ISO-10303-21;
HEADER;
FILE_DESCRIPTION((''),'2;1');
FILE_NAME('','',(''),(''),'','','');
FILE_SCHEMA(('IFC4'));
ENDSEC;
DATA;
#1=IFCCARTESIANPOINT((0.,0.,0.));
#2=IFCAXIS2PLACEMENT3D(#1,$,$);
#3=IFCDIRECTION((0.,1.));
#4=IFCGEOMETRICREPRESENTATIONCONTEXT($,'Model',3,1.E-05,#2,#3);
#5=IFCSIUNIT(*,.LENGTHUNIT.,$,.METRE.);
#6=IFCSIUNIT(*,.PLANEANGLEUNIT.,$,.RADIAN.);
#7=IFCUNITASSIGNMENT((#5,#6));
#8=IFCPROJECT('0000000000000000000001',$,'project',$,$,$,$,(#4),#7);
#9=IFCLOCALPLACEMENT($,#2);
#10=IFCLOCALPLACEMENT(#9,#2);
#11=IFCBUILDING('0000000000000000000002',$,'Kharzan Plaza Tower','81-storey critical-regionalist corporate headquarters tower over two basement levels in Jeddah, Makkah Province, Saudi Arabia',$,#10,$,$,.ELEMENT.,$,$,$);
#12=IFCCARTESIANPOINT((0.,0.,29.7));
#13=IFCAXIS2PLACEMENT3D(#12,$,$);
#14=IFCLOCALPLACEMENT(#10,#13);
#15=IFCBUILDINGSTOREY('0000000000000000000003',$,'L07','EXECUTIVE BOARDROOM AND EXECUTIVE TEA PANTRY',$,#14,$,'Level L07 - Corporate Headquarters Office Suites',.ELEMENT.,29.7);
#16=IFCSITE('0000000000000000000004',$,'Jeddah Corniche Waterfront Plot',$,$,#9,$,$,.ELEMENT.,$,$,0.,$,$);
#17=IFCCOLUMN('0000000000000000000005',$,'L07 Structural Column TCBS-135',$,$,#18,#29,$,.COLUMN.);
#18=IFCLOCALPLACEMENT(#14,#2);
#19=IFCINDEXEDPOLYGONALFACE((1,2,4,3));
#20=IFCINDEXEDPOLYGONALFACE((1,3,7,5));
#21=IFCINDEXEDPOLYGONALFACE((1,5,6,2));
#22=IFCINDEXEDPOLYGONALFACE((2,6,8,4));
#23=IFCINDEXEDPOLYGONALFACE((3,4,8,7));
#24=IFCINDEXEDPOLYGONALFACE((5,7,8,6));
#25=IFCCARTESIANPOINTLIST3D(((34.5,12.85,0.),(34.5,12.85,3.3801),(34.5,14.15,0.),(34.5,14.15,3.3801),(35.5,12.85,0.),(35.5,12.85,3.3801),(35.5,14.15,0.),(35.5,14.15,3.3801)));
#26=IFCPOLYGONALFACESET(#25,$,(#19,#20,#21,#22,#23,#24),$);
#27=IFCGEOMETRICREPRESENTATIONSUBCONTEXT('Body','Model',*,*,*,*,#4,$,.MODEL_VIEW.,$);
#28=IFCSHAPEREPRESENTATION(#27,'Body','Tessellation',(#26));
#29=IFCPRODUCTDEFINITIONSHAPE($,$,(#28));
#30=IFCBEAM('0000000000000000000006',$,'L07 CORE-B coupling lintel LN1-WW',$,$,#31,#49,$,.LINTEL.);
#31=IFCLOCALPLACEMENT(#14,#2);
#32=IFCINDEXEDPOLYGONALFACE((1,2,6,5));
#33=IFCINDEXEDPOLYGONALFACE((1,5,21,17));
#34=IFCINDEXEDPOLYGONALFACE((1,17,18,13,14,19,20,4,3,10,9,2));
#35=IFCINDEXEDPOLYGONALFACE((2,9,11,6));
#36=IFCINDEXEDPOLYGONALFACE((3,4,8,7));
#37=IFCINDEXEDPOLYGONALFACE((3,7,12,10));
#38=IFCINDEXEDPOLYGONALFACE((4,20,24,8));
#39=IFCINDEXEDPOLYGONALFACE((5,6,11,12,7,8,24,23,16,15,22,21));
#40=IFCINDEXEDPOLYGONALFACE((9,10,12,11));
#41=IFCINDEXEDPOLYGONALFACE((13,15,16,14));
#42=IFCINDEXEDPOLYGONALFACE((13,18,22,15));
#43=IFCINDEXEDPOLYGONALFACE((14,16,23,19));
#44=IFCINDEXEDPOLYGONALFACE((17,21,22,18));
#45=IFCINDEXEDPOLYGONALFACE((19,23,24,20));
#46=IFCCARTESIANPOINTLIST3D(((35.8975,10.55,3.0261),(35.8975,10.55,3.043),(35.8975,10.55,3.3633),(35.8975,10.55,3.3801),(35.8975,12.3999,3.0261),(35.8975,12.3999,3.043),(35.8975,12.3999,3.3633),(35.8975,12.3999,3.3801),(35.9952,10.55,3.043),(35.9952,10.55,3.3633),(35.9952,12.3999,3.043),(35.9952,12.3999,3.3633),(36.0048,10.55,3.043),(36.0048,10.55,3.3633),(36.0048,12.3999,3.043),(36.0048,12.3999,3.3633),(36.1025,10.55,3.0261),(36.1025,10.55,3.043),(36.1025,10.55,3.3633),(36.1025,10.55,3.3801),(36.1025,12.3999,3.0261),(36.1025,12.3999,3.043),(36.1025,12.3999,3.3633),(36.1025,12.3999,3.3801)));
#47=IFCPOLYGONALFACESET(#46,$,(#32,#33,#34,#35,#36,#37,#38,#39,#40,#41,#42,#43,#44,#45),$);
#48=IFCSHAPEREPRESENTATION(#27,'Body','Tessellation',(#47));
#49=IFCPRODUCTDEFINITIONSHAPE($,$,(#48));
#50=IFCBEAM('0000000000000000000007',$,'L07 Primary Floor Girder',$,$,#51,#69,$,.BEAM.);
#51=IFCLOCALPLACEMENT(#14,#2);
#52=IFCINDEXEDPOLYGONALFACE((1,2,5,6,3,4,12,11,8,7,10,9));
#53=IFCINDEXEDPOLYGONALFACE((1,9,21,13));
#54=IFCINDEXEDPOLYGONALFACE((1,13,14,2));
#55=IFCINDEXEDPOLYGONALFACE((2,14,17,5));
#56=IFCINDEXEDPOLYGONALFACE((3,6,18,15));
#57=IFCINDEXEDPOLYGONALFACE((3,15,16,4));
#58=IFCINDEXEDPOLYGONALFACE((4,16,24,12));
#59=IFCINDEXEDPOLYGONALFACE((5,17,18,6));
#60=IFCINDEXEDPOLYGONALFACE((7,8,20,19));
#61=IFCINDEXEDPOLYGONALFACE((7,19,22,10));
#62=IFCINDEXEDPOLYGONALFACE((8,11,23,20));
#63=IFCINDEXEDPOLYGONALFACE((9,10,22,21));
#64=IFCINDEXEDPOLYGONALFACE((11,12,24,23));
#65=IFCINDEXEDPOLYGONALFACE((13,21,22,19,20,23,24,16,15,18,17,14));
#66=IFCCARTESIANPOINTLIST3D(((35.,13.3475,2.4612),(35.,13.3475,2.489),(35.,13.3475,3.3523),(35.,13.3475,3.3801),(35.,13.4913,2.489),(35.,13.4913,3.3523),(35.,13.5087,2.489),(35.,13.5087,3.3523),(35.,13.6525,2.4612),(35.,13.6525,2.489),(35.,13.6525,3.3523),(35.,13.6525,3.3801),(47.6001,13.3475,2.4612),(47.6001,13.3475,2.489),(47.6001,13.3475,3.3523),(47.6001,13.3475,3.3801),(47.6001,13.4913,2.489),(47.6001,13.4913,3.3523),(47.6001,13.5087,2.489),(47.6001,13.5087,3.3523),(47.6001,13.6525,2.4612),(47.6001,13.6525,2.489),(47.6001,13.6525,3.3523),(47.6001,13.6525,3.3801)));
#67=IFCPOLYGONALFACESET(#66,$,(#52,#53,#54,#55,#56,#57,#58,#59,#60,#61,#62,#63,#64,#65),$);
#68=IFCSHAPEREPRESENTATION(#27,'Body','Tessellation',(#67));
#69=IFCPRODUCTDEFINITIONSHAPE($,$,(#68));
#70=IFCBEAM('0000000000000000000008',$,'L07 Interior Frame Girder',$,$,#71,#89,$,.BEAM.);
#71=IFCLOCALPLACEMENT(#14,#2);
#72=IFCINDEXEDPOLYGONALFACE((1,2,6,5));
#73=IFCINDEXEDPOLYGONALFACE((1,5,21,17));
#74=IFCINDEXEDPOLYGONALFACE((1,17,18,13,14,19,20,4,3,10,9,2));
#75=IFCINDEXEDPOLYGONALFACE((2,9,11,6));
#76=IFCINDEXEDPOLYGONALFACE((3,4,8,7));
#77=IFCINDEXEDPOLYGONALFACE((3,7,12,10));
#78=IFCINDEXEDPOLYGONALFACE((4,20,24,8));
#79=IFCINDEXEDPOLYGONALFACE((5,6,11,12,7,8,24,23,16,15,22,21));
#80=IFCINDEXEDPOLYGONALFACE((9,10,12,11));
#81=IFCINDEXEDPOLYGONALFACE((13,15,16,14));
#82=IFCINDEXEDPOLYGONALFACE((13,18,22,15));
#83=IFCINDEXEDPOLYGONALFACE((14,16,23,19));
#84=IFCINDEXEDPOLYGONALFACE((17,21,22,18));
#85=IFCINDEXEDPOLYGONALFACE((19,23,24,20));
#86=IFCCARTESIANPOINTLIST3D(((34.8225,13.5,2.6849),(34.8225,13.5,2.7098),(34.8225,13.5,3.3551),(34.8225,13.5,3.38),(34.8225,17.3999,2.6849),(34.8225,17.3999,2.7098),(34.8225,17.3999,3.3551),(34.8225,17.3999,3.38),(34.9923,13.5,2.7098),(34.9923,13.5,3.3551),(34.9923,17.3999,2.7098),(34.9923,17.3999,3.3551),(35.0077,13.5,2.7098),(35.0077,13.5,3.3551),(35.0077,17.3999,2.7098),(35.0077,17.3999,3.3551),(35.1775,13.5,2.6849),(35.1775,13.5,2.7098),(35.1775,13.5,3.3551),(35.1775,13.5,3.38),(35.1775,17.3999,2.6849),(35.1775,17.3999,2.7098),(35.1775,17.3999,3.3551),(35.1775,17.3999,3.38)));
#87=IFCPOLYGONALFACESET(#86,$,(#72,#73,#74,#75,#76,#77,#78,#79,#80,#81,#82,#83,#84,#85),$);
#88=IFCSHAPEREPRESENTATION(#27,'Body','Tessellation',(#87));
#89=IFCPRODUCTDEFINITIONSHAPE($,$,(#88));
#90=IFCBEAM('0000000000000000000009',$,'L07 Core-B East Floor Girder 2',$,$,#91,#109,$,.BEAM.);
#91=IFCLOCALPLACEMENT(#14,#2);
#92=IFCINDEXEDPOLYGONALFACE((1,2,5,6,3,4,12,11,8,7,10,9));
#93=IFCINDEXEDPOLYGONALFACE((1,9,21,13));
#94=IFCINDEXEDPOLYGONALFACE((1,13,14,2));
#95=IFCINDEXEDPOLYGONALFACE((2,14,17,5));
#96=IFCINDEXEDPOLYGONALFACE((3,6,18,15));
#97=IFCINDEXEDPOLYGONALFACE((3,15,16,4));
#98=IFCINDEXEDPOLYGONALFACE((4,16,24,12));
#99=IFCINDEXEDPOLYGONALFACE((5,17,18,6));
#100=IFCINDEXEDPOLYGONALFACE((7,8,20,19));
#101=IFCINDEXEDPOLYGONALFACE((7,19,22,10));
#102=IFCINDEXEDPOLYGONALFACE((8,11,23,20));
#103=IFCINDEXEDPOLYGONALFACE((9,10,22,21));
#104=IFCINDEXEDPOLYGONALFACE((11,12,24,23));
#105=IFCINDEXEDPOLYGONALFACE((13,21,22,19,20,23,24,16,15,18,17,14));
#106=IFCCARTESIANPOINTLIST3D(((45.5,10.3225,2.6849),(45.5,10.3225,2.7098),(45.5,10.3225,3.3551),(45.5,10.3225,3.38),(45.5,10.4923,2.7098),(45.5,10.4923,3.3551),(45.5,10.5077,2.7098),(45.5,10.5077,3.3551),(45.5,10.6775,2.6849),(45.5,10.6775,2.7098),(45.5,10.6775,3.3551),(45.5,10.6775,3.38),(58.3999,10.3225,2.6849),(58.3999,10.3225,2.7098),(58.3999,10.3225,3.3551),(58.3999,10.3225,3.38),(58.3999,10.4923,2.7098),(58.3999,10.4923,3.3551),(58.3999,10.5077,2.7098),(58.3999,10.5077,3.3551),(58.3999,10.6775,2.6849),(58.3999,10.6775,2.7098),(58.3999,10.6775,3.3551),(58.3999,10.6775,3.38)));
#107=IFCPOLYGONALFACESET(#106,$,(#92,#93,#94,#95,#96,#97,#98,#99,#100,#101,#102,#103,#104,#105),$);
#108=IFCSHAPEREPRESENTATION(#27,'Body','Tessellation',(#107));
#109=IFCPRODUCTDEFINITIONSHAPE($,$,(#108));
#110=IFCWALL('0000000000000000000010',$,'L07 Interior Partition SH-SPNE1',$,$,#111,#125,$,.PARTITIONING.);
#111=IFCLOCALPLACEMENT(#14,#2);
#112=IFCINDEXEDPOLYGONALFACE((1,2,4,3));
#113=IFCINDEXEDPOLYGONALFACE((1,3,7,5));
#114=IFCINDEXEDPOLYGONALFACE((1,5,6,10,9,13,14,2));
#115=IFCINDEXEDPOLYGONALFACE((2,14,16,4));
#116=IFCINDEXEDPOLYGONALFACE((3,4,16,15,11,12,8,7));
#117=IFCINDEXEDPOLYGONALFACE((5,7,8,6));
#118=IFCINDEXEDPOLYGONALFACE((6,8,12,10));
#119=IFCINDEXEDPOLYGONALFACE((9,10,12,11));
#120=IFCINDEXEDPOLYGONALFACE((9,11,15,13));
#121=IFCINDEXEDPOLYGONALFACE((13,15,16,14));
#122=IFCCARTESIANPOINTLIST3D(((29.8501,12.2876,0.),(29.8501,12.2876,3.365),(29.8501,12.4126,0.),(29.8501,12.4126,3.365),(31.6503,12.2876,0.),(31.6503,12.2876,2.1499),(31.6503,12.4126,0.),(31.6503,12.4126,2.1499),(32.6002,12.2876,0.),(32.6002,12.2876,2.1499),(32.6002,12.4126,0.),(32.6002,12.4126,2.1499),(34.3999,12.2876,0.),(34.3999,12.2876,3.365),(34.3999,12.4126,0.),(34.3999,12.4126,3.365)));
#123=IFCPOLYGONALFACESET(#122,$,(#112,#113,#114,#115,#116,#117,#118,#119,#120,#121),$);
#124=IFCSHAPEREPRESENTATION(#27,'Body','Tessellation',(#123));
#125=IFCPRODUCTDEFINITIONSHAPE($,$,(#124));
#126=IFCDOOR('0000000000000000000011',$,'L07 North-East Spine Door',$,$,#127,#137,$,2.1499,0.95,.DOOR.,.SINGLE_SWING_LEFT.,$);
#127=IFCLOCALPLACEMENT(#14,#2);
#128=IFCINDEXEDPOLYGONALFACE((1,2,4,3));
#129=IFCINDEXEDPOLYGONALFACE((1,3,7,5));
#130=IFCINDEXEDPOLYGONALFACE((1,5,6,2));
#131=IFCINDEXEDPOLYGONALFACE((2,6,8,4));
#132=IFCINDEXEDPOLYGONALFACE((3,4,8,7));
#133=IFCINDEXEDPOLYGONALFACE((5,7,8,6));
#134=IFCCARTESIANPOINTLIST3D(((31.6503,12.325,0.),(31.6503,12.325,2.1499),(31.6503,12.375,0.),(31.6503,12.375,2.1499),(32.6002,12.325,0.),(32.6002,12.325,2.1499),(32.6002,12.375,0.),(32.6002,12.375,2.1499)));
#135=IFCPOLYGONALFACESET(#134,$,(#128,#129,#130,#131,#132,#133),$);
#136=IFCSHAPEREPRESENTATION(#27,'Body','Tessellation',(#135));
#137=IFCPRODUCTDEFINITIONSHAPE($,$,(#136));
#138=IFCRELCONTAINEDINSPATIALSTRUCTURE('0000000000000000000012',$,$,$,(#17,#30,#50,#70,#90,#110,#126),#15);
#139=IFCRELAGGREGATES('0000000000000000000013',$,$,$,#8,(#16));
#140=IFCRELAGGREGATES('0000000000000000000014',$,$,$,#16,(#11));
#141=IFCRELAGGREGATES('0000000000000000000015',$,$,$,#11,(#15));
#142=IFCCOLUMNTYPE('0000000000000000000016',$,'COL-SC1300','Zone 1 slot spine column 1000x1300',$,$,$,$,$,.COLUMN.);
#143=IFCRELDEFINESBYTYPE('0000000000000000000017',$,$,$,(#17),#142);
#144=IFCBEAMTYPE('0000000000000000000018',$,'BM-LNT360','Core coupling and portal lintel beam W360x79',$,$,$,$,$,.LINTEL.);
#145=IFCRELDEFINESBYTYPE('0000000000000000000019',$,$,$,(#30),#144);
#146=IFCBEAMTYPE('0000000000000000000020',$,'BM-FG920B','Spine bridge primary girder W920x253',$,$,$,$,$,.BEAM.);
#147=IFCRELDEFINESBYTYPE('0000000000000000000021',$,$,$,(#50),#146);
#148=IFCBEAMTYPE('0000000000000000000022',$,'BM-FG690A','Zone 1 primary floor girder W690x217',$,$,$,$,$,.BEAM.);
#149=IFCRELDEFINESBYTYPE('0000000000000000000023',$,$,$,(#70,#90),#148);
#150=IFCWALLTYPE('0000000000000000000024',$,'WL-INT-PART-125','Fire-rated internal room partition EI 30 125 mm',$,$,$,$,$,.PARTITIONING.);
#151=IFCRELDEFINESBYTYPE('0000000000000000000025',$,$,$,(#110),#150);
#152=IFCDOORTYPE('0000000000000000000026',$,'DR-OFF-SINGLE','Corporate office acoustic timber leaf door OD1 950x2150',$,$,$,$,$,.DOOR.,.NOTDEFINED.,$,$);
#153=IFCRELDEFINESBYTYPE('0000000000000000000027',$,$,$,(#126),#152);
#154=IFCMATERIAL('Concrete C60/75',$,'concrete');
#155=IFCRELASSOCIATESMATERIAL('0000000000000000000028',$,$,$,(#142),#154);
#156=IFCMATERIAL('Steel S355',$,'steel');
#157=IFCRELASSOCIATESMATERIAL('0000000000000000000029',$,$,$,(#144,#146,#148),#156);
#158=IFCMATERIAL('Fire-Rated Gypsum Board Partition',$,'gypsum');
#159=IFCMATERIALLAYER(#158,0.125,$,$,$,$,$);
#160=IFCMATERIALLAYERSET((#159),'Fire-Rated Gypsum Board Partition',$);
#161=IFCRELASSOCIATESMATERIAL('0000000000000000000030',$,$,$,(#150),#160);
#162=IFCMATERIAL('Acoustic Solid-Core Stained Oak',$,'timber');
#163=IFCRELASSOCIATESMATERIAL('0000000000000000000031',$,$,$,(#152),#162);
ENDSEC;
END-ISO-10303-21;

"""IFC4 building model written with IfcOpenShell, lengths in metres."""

from ifc_helpers import new_model, si_unit, direction, frame, frame_2d, origin, origin_2d, place, context, subcontext, project, spatial, rectangle, i_section, extrude, source, transform, mapped, material, layer, layer_set, material_profile, profile_set, type_object, element, fill, save


model = new_model("IFC4")

# Units and contexts
model_context = context("Model", 3, precision=1e-05, world=origin(), true_north=direction((0.0, 1.0)))
body_context = subcontext(model_context, "Body", "Model", "MODEL_VIEW")
ifc_project = project(units=[si_unit("LENGTHUNIT", "METRE"), si_unit("PLANEANGLEUNIT", "RADIAN")], contexts=[model_context])

# Site, building, storey
site_placement = place(None, origin())
site = spatial("IfcSite", under=ifc_project, at=site_placement, Name="Jeddah Corniche Waterfront Plot", CompositionType="ELEMENT", RefElevation=0.0)
building_placement = place(site_placement, origin())
building = spatial("IfcBuilding", under=site, at=building_placement, Name="Kharzan Plaza Tower", Description="81-storey critical-regionalist corporate headquarters tower over two basement levels in Jeddah, Makkah Province, Saudi Arabia", CompositionType="ELEMENT")
storey_placement = place(building_placement, frame((0.0, 0.0, 29.7)))
storey = spatial("IfcBuildingStorey", under=building, at=storey_placement, Name="L07", Description="EXECUTIVE BOARDROOM AND EXECUTIVE TEA PANTRY", LongName="Level L07 - Corporate Headquarters Office Suites", CompositionType="ELEMENT", Elevation=29.7)

# Column
ifc_material_1 = material(Name="Concrete C60/75", Category="concrete")
ifc_material_profile_1 = material_profile(ifc_material_1, rectangle(XDim=1.0, YDim=1.3, at=origin_2d()), Name="RC-SC1300x1000")
ifc_profile_set_1 = profile_set([ifc_material_profile_1], Name="Concrete C60/75")
column_type = type_object("IfcColumnType", Name="COL-SC1300", Description="Zone 1 slot spine column 1000x1300", PredefinedType="COLUMN", material=ifc_profile_set_1)
shared_shape_1 = source(origin(), body_context, "Body", "SweptSolid", [
    extrude(rectangle(XDim=1.0, YDim=1.3, at=origin_2d()), origin(), (0.0, 0.0, 1.0), 3.3801),
])
column_placement = place(storey_placement, frame((35.0, 13.5, 0.0), z_axis=(0.0, 0.0, 1.0), x_axis=(1.0, 0.0, 0.0)))
element("IfcColumn", 1, at=column_placement, inside=storey, type_object=column_type, Name="L07 Structural Column TCBS-135", PredefinedType="COLUMN", context=body_context, shape_type="MappedRepresentation", body=[
    mapped(shared_shape_1, transform((0.0, 0.0, 0.0), x_axis=(1.0, 0.0, 0.0), y_axis=(0.0, 1.0, 0.0), z_axis=(0.0, 0.0, 1.0))),
])

# Beams
ifc_material_2 = material(Name="Steel S355", Category="steel")
ifc_material_profile_2 = material_profile(ifc_material_2, i_section(OverallWidth=0.2051, OverallDepth=0.354, WebThickness=0.0095, FlangeThickness=0.0168, at=origin_2d()), Name="W360x79")
ifc_profile_set_2 = profile_set([ifc_material_profile_2], Name="Steel S355")
beam_type_1 = type_object("IfcBeamType", Name="BM-LNT360", Description="Core coupling and portal lintel beam W360x79", PredefinedType="LINTEL", material=ifc_profile_set_2)
shared_shape_2 = source(origin(), body_context, "Body", "SweptSolid", [
    extrude(i_section(OverallWidth=0.2051, OverallDepth=0.354, WebThickness=0.0095, FlangeThickness=0.0168, at=origin_2d()), origin(), (0.0, 0.0, 1.0), 1.8499),
])
beam_1_placement = place(storey_placement, frame((36.0, 10.55, 3.2031), z_axis=(0.0, 1.0, 0.0), x_axis=(-1.0, 0.0, 0.0)))
element("IfcBeam", 2, at=beam_1_placement, inside=storey, type_object=beam_type_1, Name="L07 CORE-B coupling lintel LN1-WW", PredefinedType="LINTEL", context=body_context, shape_type="MappedRepresentation", body=[
    mapped(shared_shape_2, transform((0.0, 0.0, 0.0), x_axis=(1.0, 0.0, 0.0), y_axis=(0.0, 1.0, 0.0), z_axis=(0.0, 0.0, 1.0))),
])
ifc_material_profile_3 = material_profile(ifc_material_2, i_section(OverallWidth=0.3049, OverallDepth=0.9189, WebThickness=0.0173, FlangeThickness=0.0278, at=origin_2d()), Name="W920x253")
ifc_profile_set_3 = profile_set([ifc_material_profile_3], Name="Steel S355")
beam_type_2 = type_object("IfcBeamType", Name="BM-FG920B", Description="Spine bridge primary girder W920x253", PredefinedType="BEAM", material=ifc_profile_set_3)
shared_shape_3 = source(origin(), body_context, "Body", "SweptSolid", [
    extrude(i_section(OverallWidth=0.3049, OverallDepth=0.9189, WebThickness=0.0173, FlangeThickness=0.0278, at=origin_2d()), origin(), (0.0, 0.0, 1.0), 12.6001),
])
beam_2_placement = place(storey_placement, frame((35.0, 13.5, 2.9207), z_axis=(1.0, 0.0, 0.0), x_axis=(0.0, 1.0, 0.0)))
element("IfcBeam", 3, at=beam_2_placement, inside=storey, type_object=beam_type_2, Name="L07 Primary Floor Girder", PredefinedType="BEAM", context=body_context, shape_type="MappedRepresentation", body=[
    mapped(shared_shape_3, transform((0.0, 0.0, 0.0), x_axis=(1.0, 0.0, 0.0), y_axis=(0.0, 1.0, 0.0), z_axis=(0.0, 0.0, 1.0))),
])
ifc_material_profile_4 = material_profile(ifc_material_2, i_section(OverallWidth=0.355, OverallDepth=0.6951, WebThickness=0.0154, FlangeThickness=0.0249, at=origin_2d()), Name="W690x217")
ifc_profile_set_4 = profile_set([ifc_material_profile_4], Name="Steel S355")
beam_type_3 = type_object("IfcBeamType", Name="BM-FG690A", Description="Zone 1 primary floor girder W690x217", PredefinedType="BEAM", material=ifc_profile_set_4)
shared_shape_4 = source(origin(), body_context, "Body", "SweptSolid", [
    extrude(i_section(OverallWidth=0.355, OverallDepth=0.6951, WebThickness=0.0154, FlangeThickness=0.0249, at=origin_2d()), origin(), (0.0, 0.0, 1.0), 3.8999),
])
beam_3_placement = place(storey_placement, frame((35.0, 13.5, 3.0325), z_axis=(0.0, 1.0, 0.0), x_axis=(-1.0, 0.0, 0.0)))
element("IfcBeam", 4, at=beam_3_placement, inside=storey, type_object=beam_type_3, Name="L07 Interior Frame Girder", PredefinedType="BEAM", context=body_context, shape_type="MappedRepresentation", body=[
    mapped(shared_shape_4, transform((0.0, 0.0, 0.0), x_axis=(1.0, 0.0, 0.0), y_axis=(0.0, 1.0, 0.0), z_axis=(0.0, 0.0, 1.0))),
])
shared_shape_5 = source(origin(), body_context, "Body", "SweptSolid", [
    extrude(i_section(OverallWidth=0.355, OverallDepth=0.6951, WebThickness=0.0154, FlangeThickness=0.0249, at=origin_2d()), origin(), (0.0, 0.0, 1.0), 12.8999),
])
beam_4_placement = place(storey_placement, frame((45.5, 10.5, 3.0325), z_axis=(1.0, 0.0, 0.0), x_axis=(0.0, 1.0, 0.0)))
element("IfcBeam", 5, at=beam_4_placement, inside=storey, type_object=beam_type_3, Name="L07 Core-B East Floor Girder 2", PredefinedType="BEAM", context=body_context, shape_type="MappedRepresentation", body=[
    mapped(shared_shape_5, transform((0.0, 0.0, 0.0), x_axis=(1.0, 0.0, 0.0), y_axis=(0.0, 1.0, 0.0), z_axis=(0.0, 0.0, 1.0))),
])

# Wall, opening, door
ifc_material_3 = material(Name="Fire-Rated Gypsum Board Partition", Category="gypsum")
ifc_layer_1 = layer(ifc_material_3, 0.125)
ifc_layer_set_1 = layer_set([ifc_layer_1], Name="Fire-Rated Gypsum Board Partition")
wall_type_1 = type_object("IfcWallType", Name="WL-INT-PART-125", Description="Fire-rated internal room partition EI 30 125 mm", PredefinedType="PARTITIONING", material=ifc_layer_set_1)
wall_1_placement = place(storey_placement, frame((29.8501, 12.3501, 0.0), z_axis=(0.0, 0.0, 1.0), x_axis=(1.0, 0.0, 0.0)))
wall_1 = element("IfcWall", 6, at=wall_1_placement, inside=storey, type_object=wall_type_1, Name="L07 Interior Partition SH-SPNE1", PredefinedType="PARTITIONING", context=body_context, shape_type="SweptSolid", body=[
    extrude(rectangle(XDim=4.5498, YDim=0.125, at=frame_2d((2.2749, 0.0))), origin(), (0.0, 0.0, 1.0), 3.365),
])
opening_1_placement = place(wall_1_placement, frame((1.8, 0.0, 0.0)))
opening_1 = element("IfcOpeningElement", 7, at=opening_1_placement, cuts=wall_1, PredefinedType="OPENING", context=body_context, shape_type="SweptSolid", body=[
    extrude(rectangle(XDim=0.95, YDim=2.1499, at=frame_2d((0.4751, 1.075))), frame((0.0, 0.0725, 0.0), z_axis=(0.0, -1.0, 0.0), x_axis=(1.0, 0.0, 0.0)), (0.0, 0.0, 1.0), 0.145),
])
ifc_material_4 = material(Name="Acoustic Solid-Core Stained Oak", Category="timber")
door_type_1 = type_object("IfcDoorType", Name="DR-OFF-SINGLE", Description="Corporate office acoustic timber leaf door OD1 950x2150", OperationType="NOTDEFINED", PredefinedType="DOOR", material=ifc_material_4)
shared_shape_6 = source(origin(), body_context, "Body", "SweptSolid", [
    extrude(rectangle(XDim=0.95, YDim=2.1499, at=frame_2d((0.4751, 1.075))), frame((0.0, 0.0249, 0.0), z_axis=(0.0, -1.0, 0.0), x_axis=(1.0, 0.0, 0.0)), (0.0, 0.0, 1.0), 0.05),
])
door_1_placement = place(opening_1_placement, origin())
door_1 = element("IfcDoor", 8, at=door_1_placement, inside=storey, type_object=door_type_1, Name="L07 North-East Spine Door", OperationType="SINGLE_SWING_LEFT", OverallHeight=2.1499, OverallWidth=0.95, PredefinedType="DOOR", context=body_context, shape_type="MappedRepresentation", body=[
    mapped(shared_shape_6, transform((0.0, 0.0, 0.0), x_axis=(1.0, 0.0, 0.0), y_axis=(0.0, 1.0, 0.0), z_axis=(0.0, 0.0, 1.0))),
])
fill(opening_1, door_1)

save(model, "model.ifc")
